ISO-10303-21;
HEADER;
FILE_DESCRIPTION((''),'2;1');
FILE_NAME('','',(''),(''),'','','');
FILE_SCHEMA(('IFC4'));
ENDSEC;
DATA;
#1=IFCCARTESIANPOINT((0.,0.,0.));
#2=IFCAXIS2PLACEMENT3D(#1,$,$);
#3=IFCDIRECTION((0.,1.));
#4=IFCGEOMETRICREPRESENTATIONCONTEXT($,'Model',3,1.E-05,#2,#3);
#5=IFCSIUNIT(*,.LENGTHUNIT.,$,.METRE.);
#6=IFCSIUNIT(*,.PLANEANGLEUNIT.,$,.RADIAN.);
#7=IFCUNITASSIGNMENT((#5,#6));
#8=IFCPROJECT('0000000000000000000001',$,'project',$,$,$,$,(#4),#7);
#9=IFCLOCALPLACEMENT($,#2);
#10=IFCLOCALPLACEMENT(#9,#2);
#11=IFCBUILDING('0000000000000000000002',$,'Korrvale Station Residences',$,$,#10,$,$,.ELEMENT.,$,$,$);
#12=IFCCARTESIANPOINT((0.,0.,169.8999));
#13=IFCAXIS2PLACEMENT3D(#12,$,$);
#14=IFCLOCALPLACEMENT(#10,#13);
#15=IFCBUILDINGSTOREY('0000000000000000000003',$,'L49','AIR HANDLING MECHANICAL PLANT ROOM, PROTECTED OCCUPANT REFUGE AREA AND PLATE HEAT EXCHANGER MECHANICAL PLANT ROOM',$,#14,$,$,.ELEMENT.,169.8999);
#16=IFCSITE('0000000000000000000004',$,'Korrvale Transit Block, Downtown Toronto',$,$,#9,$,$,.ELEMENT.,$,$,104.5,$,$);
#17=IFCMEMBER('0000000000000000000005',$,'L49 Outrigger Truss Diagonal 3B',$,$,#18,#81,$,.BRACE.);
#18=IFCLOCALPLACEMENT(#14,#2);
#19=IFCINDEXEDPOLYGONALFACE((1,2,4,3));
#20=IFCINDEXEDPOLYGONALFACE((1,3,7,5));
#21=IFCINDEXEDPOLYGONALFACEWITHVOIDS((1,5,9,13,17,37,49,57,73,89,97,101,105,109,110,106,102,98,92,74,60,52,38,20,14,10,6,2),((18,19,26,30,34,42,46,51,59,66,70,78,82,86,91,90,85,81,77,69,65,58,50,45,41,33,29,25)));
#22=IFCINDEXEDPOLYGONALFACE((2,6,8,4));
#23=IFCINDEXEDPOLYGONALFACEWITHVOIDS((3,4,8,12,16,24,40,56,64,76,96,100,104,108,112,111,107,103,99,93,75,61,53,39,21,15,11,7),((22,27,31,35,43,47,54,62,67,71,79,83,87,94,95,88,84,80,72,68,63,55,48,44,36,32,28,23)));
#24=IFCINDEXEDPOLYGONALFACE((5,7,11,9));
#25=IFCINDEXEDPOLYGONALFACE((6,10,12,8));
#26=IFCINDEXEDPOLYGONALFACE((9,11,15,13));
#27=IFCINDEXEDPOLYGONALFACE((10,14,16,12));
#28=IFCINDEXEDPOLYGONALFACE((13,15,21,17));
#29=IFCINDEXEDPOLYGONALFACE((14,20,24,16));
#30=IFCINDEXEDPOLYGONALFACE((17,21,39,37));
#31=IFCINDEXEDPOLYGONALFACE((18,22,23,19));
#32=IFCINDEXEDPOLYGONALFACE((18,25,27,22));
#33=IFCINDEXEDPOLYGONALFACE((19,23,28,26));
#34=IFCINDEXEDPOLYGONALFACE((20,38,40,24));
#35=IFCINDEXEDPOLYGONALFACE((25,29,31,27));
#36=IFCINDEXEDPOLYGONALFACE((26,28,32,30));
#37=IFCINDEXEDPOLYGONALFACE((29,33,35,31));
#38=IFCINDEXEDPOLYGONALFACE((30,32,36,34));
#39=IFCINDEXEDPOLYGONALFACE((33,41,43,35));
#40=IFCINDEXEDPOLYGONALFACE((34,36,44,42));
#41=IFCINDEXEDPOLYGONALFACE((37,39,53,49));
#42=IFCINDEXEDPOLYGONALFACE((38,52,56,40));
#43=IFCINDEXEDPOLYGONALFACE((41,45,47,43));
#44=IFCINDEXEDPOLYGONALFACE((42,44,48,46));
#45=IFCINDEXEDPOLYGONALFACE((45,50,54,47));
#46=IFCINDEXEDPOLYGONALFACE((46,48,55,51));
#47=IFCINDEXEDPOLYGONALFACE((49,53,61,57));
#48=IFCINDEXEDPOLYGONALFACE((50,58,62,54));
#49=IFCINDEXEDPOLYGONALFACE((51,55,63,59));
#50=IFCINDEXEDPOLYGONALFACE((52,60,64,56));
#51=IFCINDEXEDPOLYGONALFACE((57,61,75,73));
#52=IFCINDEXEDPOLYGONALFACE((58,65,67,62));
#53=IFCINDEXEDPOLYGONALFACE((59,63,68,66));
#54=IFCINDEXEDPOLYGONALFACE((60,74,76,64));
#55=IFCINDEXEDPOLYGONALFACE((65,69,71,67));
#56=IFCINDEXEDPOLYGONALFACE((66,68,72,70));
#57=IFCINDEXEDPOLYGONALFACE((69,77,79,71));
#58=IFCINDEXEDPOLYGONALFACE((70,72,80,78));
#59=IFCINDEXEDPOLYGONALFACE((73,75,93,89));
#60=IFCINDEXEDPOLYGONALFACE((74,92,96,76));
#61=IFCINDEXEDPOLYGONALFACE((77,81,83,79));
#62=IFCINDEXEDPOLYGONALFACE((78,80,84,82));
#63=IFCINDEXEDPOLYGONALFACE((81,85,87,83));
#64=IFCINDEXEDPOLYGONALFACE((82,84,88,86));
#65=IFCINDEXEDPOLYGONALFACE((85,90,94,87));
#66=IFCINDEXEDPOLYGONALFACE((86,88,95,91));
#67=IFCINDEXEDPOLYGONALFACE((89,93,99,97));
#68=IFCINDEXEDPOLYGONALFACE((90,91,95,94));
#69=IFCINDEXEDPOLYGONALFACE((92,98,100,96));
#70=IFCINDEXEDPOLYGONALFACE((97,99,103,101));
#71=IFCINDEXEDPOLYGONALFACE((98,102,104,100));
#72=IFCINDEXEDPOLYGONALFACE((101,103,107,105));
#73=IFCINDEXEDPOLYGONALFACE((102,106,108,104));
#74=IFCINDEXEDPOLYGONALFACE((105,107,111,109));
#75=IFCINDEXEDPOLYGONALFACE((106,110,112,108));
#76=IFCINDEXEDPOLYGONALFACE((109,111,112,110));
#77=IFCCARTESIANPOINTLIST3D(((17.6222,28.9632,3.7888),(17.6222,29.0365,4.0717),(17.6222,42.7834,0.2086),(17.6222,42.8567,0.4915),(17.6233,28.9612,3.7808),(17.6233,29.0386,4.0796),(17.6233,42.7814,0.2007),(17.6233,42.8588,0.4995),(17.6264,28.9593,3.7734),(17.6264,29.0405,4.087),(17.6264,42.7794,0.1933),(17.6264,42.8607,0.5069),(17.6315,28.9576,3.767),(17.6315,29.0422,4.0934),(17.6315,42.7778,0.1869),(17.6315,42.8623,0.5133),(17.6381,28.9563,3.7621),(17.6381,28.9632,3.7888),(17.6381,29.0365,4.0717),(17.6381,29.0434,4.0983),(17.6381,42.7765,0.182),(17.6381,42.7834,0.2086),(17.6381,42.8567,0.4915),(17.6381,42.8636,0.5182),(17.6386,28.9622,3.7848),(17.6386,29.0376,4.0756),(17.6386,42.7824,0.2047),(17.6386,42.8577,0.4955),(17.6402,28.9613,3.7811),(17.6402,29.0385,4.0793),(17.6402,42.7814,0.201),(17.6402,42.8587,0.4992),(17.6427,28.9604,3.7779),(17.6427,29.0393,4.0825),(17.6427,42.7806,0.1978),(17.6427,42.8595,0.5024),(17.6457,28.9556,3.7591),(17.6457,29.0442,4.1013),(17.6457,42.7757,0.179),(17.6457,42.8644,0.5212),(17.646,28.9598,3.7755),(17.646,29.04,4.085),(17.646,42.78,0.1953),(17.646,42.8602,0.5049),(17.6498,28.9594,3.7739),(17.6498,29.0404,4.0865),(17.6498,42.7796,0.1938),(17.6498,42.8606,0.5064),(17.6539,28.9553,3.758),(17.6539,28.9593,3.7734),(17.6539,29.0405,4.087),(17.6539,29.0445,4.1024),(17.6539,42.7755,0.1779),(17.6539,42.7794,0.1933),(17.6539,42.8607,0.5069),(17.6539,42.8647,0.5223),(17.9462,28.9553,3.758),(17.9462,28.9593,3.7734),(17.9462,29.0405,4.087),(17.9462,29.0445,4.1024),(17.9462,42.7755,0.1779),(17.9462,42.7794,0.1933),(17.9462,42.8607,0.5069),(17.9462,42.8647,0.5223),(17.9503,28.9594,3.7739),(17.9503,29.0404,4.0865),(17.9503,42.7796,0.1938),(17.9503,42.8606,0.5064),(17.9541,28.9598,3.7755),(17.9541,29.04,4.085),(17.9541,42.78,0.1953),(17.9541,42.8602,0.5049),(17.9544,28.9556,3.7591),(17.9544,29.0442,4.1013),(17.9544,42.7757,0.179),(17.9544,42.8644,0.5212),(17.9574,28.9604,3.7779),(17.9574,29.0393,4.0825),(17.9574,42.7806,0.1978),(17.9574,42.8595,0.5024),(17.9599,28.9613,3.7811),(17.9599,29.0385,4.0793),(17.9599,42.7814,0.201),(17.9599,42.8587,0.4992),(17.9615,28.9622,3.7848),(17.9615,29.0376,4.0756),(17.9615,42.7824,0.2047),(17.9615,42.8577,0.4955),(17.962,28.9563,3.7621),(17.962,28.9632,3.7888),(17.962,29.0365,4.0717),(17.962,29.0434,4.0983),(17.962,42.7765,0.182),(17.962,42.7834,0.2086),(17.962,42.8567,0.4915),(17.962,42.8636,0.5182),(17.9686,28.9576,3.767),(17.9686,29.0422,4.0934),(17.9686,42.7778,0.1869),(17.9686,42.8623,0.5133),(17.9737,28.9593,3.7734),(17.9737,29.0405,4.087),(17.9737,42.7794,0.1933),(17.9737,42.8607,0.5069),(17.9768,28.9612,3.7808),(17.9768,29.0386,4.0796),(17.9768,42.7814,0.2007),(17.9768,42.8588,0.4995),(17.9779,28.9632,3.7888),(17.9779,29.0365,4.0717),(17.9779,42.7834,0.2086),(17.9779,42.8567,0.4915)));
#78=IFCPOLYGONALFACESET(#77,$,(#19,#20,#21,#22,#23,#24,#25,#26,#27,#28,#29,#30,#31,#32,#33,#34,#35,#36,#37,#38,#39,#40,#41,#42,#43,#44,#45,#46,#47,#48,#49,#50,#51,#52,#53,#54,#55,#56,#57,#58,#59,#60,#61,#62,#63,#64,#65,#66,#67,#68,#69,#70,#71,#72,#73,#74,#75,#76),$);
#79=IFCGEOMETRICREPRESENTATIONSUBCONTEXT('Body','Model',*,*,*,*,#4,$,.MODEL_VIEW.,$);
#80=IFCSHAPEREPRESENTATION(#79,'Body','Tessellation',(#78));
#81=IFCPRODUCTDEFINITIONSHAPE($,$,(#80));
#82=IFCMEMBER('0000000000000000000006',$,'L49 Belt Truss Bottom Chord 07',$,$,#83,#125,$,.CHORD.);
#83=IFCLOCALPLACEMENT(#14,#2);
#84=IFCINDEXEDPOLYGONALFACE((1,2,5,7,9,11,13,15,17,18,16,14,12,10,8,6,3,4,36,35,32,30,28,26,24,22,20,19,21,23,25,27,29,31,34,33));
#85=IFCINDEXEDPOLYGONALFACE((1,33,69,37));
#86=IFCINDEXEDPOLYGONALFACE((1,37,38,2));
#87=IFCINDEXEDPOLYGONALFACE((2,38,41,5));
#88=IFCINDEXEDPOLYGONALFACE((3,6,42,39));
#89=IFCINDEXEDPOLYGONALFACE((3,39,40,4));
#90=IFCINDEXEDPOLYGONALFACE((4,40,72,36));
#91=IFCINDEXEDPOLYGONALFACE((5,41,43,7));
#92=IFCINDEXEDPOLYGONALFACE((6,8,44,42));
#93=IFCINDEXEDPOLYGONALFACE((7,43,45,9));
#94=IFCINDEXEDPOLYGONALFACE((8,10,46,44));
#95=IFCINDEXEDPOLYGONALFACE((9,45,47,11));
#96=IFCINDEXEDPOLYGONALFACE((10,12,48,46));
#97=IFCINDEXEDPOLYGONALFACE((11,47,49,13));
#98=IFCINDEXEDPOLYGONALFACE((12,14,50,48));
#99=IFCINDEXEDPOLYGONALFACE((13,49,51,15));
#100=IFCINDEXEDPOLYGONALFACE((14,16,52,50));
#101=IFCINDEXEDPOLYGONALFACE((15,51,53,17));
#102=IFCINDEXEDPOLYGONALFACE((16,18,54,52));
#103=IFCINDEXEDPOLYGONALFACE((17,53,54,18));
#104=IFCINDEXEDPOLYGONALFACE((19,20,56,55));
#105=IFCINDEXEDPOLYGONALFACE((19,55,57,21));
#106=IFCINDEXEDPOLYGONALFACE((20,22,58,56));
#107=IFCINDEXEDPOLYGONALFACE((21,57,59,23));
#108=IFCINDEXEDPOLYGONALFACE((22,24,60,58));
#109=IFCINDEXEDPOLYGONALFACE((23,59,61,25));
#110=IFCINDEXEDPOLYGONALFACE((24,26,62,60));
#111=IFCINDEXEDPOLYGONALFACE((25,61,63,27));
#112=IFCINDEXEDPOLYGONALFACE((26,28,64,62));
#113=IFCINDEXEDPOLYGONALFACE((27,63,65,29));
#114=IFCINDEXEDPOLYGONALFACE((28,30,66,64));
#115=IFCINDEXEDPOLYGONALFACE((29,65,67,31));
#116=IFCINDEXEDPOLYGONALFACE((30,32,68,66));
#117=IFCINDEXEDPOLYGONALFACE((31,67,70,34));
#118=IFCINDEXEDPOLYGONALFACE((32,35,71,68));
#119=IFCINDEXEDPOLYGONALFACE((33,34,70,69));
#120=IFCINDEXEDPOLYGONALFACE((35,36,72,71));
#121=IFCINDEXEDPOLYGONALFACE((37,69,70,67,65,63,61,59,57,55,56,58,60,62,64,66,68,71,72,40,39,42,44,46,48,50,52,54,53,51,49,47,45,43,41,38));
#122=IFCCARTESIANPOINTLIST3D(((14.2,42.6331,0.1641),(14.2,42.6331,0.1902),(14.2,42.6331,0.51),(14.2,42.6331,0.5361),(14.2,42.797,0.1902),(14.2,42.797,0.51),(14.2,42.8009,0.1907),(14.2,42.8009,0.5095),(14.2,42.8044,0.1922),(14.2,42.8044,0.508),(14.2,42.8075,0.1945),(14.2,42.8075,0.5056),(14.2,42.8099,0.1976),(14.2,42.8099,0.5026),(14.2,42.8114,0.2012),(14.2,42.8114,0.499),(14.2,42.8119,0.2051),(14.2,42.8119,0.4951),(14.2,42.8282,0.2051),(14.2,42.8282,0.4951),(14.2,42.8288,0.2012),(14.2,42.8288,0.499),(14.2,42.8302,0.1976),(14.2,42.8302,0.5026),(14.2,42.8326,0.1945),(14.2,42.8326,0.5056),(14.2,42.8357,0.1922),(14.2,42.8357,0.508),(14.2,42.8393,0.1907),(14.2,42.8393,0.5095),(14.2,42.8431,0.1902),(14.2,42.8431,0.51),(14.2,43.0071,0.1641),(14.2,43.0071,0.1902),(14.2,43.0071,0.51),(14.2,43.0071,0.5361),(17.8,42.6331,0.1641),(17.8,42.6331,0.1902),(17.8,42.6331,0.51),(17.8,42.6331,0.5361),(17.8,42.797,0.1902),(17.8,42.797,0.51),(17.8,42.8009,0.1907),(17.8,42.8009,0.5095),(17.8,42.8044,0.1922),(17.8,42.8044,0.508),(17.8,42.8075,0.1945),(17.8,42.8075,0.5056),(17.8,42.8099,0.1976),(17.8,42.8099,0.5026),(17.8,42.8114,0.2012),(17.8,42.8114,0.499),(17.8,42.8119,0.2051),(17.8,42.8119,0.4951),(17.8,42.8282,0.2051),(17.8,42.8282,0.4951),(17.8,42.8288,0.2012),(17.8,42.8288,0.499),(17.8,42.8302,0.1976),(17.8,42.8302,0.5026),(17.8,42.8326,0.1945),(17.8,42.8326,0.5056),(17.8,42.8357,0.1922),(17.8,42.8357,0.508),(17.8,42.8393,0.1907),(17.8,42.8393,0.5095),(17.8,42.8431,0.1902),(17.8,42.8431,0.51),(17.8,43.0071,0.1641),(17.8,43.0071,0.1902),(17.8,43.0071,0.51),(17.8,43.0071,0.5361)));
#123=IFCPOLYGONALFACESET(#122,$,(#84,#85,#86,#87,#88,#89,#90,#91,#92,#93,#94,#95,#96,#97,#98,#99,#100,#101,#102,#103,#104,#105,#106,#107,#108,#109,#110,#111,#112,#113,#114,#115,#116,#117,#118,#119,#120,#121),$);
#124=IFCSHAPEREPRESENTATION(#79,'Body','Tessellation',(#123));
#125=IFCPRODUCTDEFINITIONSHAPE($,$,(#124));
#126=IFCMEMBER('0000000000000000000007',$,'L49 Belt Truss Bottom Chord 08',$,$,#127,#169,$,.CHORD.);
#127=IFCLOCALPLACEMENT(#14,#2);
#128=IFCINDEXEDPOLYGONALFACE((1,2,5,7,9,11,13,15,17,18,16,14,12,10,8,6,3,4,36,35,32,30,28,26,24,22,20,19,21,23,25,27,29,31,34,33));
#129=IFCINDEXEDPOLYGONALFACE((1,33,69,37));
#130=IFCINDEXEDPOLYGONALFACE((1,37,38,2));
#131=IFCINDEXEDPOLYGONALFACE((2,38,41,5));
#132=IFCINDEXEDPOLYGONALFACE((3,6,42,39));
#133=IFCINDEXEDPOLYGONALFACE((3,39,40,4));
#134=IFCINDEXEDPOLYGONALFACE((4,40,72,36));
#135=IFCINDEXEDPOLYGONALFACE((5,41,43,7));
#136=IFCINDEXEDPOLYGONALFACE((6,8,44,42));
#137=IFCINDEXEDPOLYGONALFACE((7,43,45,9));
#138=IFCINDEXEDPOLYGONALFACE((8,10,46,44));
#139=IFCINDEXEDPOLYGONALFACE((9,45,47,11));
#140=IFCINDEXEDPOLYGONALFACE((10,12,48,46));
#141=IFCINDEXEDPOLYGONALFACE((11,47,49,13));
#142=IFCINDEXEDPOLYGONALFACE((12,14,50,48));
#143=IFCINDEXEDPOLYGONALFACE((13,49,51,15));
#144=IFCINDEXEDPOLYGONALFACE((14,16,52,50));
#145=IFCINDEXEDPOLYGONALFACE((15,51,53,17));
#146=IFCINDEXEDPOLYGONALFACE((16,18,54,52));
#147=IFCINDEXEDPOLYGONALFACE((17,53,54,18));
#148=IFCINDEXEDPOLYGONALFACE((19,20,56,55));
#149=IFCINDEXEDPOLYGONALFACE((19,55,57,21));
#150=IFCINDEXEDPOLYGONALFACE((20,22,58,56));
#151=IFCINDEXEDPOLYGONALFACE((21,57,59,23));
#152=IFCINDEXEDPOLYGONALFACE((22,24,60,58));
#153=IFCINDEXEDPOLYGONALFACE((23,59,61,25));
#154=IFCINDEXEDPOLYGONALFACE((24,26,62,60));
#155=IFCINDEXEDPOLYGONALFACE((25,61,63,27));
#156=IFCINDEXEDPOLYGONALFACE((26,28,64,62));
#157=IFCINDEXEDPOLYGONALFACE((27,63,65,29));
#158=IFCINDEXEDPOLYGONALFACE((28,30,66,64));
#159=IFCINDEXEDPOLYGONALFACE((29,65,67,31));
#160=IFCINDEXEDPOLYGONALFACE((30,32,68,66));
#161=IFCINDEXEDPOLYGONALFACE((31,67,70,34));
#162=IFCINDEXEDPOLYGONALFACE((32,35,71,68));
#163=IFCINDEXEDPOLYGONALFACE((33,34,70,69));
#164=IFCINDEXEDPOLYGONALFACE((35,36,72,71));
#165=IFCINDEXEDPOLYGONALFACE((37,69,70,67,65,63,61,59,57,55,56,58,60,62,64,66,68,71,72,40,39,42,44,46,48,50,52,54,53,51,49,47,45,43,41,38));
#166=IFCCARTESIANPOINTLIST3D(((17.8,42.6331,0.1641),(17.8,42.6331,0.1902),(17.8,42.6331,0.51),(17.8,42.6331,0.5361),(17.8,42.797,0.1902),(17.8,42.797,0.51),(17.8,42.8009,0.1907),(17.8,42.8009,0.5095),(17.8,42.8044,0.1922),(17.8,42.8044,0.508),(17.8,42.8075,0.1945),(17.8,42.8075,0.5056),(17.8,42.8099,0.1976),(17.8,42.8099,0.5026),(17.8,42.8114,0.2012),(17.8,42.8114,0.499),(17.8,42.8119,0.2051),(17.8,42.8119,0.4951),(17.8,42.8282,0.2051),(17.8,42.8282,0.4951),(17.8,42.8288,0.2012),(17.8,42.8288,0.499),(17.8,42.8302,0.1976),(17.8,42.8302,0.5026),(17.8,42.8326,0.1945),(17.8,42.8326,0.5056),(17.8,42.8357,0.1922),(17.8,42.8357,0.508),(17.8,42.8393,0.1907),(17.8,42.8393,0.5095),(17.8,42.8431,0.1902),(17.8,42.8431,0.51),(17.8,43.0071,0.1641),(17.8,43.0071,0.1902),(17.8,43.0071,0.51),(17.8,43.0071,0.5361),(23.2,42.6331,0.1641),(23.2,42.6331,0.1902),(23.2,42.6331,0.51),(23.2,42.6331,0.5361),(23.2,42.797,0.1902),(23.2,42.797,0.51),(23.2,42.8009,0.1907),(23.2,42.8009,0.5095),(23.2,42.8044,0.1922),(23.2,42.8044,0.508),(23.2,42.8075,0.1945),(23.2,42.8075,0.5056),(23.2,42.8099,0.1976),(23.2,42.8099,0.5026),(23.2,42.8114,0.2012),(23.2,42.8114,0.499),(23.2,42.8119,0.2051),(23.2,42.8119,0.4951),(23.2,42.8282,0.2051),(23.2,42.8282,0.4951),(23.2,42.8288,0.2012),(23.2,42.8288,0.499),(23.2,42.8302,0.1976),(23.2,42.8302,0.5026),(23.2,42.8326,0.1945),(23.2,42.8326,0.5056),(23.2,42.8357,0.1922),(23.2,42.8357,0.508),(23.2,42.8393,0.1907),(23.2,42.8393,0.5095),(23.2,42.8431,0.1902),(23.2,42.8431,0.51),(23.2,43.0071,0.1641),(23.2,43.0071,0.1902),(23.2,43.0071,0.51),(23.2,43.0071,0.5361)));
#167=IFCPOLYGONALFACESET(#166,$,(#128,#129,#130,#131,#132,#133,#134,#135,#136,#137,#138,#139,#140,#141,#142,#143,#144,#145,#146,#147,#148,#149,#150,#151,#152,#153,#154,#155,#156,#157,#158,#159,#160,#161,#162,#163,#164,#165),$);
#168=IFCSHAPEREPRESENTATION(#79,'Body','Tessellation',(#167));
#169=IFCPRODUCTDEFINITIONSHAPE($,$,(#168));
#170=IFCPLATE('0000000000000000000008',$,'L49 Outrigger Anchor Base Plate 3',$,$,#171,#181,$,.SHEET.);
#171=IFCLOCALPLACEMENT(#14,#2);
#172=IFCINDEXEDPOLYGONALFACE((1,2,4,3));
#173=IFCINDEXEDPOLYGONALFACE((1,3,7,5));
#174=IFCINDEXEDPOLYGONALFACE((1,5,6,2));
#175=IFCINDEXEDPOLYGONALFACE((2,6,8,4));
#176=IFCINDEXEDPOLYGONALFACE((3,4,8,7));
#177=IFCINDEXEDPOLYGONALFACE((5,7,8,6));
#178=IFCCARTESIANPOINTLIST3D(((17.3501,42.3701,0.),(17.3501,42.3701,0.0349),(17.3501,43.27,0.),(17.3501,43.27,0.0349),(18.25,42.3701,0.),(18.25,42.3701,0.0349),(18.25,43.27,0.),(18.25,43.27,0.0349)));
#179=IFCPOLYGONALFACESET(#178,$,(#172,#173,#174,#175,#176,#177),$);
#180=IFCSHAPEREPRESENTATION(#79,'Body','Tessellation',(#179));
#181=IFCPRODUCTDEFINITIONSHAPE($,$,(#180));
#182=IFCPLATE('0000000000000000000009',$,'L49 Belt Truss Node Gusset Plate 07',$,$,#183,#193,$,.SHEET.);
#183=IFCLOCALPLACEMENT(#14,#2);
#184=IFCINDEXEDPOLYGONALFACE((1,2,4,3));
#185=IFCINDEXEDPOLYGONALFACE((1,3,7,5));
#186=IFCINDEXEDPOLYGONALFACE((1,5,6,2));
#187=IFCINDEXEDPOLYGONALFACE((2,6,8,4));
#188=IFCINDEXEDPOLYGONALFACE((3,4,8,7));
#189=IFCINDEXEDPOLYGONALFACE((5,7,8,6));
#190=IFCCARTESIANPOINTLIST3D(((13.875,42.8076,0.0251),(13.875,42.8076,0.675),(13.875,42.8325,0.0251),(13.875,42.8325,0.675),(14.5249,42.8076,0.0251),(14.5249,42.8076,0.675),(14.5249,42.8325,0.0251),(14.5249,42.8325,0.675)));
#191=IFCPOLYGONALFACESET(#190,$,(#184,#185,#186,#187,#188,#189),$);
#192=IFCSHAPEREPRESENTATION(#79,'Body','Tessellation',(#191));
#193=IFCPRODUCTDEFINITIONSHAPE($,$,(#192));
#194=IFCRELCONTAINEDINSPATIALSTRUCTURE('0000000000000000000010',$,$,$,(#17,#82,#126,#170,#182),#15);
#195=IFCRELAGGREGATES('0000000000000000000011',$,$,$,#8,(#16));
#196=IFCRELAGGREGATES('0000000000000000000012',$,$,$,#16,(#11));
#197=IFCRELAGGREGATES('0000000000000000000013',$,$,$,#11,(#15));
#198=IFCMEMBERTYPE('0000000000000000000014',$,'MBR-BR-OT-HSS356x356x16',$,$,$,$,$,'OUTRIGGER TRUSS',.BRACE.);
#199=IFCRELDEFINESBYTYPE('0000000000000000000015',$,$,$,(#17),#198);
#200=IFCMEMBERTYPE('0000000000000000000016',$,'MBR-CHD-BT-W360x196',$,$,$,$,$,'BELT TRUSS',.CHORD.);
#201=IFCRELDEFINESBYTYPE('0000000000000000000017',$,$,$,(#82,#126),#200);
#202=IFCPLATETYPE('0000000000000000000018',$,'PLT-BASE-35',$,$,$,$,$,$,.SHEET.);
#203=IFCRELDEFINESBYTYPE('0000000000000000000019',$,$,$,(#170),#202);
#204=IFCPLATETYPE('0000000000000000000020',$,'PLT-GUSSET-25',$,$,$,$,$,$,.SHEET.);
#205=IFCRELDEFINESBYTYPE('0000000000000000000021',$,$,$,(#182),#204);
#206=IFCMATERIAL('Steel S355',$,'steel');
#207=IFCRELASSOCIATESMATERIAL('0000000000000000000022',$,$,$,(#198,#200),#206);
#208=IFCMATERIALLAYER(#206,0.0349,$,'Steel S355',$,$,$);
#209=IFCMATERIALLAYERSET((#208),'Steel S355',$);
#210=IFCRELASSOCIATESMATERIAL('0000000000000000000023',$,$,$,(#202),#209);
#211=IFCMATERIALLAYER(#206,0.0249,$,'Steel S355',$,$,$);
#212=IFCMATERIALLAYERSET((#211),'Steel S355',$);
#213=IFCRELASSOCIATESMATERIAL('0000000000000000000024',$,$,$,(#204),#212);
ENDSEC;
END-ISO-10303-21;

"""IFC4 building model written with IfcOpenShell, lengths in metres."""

from ifc_helpers import new_model, si_unit, direction, frame, origin, origin_2d, place, context, subcontext, project, spatial, rectangle, hollow_rectangle, i_section, extrude, material, layer, layer_set, material_profile, profile_set, type_object, element, save


model = new_model("IFC4")

# Units and contexts
model_context = context("Model", 3, precision=1e-05, world=origin(), true_north=direction((0.0, 1.0)))
body_context = subcontext(model_context, "Body", "Model", "MODEL_VIEW")
ifc_project = project(units=[si_unit("LENGTHUNIT", "METRE"), si_unit("PLANEANGLEUNIT", "RADIAN")], contexts=[model_context])

# Site, building, storey
site_placement = place(None, origin())
site = spatial("IfcSite", under=ifc_project, at=site_placement, Name="Korrvale Transit Block, Downtown Toronto", CompositionType="ELEMENT", RefElevation=104.5)
building_placement = place(site_placement, origin())
building = spatial("IfcBuilding", under=site, at=building_placement, Name="Korrvale Station Residences", CompositionType="ELEMENT")
storey_placement = place(building_placement, frame((0.0, 0.0, 169.8999)))
storey = spatial("IfcBuildingStorey", under=building, at=storey_placement, Name="L49", Description="AIR HANDLING MECHANICAL PLANT ROOM, PROTECTED OCCUPANT REFUGE AREA AND PLATE HEAT EXCHANGER MECHANICAL PLANT ROOM", CompositionType="ELEMENT", Elevation=169.8999)

# Members
ifc_material_1 = material(Name="Steel S355", Category="steel")
ifc_material_profile_1 = material_profile(ifc_material_1, hollow_rectangle(XDim=0.3557, YDim=0.3557, WallThickness=0.0159, InnerFilletRadius=0.0159, OuterFilletRadius=0.0317, at=origin_2d()), Name="HSS356x356x16")
ifc_profile_set_1 = profile_set([ifc_material_profile_1], Name="Steel S355")
member_type_1 = type_object("IfcMemberType", Name="MBR-BR-OT-HSS356x356x16", ElementType="OUTRIGGER TRUSS", PredefinedType="BRACE", material=ifc_profile_set_1)
member_1_placement = place(storey_placement, frame((17.8, 42.8201, 0.3501), z_axis=(0.0, -0.968046, 0.250772), x_axis=(1.0, 0.0, 0.0)))
element("IfcMember", 1, at=member_1_placement, inside=storey, type_object=member_type_1, Name="L49 Outrigger Truss Diagonal 3B", PredefinedType="BRACE", context=body_context, shape_type="SweptSolid", body=[
    extrude(hollow_rectangle(XDim=0.3557, YDim=0.3557, WallThickness=0.0159, InnerFilletRadius=0.0159, OuterFilletRadius=0.0317, at=origin_2d()), origin(), (0.0, 0.0, 1.0), 14.2764),
])
ifc_material_profile_2 = material_profile(ifc_material_1, i_section(OverallWidth=0.374, OverallDepth=0.3721, WebThickness=0.0164, FlangeThickness=0.0261, FilletRadius=0.0149, at=origin_2d()), Name="W360x196")
ifc_profile_set_2 = profile_set([ifc_material_profile_2], Name="Steel S355")
member_type_2 = type_object("IfcMemberType", Name="MBR-CHD-BT-W360x196", ElementType="BELT TRUSS", PredefinedType="CHORD", material=ifc_profile_set_2)
member_2_placement = place(storey_placement, frame((14.2, 42.8201, 0.3501), z_axis=(1.0, 0.0, 0.0), x_axis=(0.0, 1.0, 0.0)))
element("IfcMember", 2, at=member_2_placement, inside=storey, type_object=member_type_2, Name="L49 Belt Truss Bottom Chord 07", PredefinedType="CHORD", context=body_context, shape_type="SweptSolid", body=[
    extrude(i_section(OverallWidth=0.374, OverallDepth=0.3721, WebThickness=0.0164, FlangeThickness=0.0261, FilletRadius=0.0149, at=origin_2d()), origin(), (0.0, 0.0, 1.0), 3.6001),
])
member_3_placement = place(storey_placement, frame((17.8, 42.8201, 0.3501), z_axis=(1.0, 0.0, 0.0), x_axis=(0.0, 1.0, 0.0)))
element("IfcMember", 3, at=member_3_placement, inside=storey, type_object=member_type_2, Name="L49 Belt Truss Bottom Chord 08", PredefinedType="CHORD", context=body_context, shape_type="SweptSolid", body=[
    extrude(i_section(OverallWidth=0.374, OverallDepth=0.3721, WebThickness=0.0164, FlangeThickness=0.0261, FilletRadius=0.0149, at=origin_2d()), origin(), (0.0, 0.0, 1.0), 5.3999),
])

# Plates
ifc_layer_1 = layer(ifc_material_1, 0.0349, Name="Steel S355")
ifc_layer_set_1 = layer_set([ifc_layer_1], Name="Steel S355")
plate_type_1 = type_object("IfcPlateType", Name="PLT-BASE-35", PredefinedType="SHEET", material=ifc_layer_set_1)
plate_placement = place(storey_placement, frame((17.8, 42.8201, 0.0), z_axis=(0.0, 0.0, 1.0), x_axis=(1.0, 0.0, 0.0)))
element("IfcPlate", 4, at=plate_placement, inside=storey, type_object=plate_type_1, Name="L49 Outrigger Anchor Base Plate 3", PredefinedType="SHEET", context=body_context, shape_type="SweptSolid", body=[
    extrude(rectangle(XDim=0.8999, YDim=0.8999, at=origin_2d()), origin(), (0.0, 0.0, 1.0), 0.0349),
])
ifc_layer_2 = layer(ifc_material_1, 0.0249, Name="Steel S355")
ifc_layer_set_2 = layer_set([ifc_layer_2], Name="Steel S355")
plate_type_2 = type_object("IfcPlateType", Name="PLT-GUSSET-25", PredefinedType="SHEET", material=ifc_layer_set_2)
for number, where, z_axis, x_axis, name in (
    (5, (14.2, 42.8201, 0.0251), (0.0, 0.0, 1.0), (1.0, 0.0, 0.0), "L49 Belt Truss Node Gusset Plate 07"),
):
    element("IfcPlate", number, at=place(storey_placement, frame(where, z_axis=z_axis, x_axis=x_axis)), inside=storey, type_object=plate_type_2, Name=name, PredefinedType="SHEET", context=body_context, shape_type="SweptSolid", body=[
        extrude(rectangle(XDim=0.6499, YDim=0.0249, at=origin_2d()), origin(), (0.0, 0.0, 1.0), 0.6499),
    ])

save(model, "model.ifc")
